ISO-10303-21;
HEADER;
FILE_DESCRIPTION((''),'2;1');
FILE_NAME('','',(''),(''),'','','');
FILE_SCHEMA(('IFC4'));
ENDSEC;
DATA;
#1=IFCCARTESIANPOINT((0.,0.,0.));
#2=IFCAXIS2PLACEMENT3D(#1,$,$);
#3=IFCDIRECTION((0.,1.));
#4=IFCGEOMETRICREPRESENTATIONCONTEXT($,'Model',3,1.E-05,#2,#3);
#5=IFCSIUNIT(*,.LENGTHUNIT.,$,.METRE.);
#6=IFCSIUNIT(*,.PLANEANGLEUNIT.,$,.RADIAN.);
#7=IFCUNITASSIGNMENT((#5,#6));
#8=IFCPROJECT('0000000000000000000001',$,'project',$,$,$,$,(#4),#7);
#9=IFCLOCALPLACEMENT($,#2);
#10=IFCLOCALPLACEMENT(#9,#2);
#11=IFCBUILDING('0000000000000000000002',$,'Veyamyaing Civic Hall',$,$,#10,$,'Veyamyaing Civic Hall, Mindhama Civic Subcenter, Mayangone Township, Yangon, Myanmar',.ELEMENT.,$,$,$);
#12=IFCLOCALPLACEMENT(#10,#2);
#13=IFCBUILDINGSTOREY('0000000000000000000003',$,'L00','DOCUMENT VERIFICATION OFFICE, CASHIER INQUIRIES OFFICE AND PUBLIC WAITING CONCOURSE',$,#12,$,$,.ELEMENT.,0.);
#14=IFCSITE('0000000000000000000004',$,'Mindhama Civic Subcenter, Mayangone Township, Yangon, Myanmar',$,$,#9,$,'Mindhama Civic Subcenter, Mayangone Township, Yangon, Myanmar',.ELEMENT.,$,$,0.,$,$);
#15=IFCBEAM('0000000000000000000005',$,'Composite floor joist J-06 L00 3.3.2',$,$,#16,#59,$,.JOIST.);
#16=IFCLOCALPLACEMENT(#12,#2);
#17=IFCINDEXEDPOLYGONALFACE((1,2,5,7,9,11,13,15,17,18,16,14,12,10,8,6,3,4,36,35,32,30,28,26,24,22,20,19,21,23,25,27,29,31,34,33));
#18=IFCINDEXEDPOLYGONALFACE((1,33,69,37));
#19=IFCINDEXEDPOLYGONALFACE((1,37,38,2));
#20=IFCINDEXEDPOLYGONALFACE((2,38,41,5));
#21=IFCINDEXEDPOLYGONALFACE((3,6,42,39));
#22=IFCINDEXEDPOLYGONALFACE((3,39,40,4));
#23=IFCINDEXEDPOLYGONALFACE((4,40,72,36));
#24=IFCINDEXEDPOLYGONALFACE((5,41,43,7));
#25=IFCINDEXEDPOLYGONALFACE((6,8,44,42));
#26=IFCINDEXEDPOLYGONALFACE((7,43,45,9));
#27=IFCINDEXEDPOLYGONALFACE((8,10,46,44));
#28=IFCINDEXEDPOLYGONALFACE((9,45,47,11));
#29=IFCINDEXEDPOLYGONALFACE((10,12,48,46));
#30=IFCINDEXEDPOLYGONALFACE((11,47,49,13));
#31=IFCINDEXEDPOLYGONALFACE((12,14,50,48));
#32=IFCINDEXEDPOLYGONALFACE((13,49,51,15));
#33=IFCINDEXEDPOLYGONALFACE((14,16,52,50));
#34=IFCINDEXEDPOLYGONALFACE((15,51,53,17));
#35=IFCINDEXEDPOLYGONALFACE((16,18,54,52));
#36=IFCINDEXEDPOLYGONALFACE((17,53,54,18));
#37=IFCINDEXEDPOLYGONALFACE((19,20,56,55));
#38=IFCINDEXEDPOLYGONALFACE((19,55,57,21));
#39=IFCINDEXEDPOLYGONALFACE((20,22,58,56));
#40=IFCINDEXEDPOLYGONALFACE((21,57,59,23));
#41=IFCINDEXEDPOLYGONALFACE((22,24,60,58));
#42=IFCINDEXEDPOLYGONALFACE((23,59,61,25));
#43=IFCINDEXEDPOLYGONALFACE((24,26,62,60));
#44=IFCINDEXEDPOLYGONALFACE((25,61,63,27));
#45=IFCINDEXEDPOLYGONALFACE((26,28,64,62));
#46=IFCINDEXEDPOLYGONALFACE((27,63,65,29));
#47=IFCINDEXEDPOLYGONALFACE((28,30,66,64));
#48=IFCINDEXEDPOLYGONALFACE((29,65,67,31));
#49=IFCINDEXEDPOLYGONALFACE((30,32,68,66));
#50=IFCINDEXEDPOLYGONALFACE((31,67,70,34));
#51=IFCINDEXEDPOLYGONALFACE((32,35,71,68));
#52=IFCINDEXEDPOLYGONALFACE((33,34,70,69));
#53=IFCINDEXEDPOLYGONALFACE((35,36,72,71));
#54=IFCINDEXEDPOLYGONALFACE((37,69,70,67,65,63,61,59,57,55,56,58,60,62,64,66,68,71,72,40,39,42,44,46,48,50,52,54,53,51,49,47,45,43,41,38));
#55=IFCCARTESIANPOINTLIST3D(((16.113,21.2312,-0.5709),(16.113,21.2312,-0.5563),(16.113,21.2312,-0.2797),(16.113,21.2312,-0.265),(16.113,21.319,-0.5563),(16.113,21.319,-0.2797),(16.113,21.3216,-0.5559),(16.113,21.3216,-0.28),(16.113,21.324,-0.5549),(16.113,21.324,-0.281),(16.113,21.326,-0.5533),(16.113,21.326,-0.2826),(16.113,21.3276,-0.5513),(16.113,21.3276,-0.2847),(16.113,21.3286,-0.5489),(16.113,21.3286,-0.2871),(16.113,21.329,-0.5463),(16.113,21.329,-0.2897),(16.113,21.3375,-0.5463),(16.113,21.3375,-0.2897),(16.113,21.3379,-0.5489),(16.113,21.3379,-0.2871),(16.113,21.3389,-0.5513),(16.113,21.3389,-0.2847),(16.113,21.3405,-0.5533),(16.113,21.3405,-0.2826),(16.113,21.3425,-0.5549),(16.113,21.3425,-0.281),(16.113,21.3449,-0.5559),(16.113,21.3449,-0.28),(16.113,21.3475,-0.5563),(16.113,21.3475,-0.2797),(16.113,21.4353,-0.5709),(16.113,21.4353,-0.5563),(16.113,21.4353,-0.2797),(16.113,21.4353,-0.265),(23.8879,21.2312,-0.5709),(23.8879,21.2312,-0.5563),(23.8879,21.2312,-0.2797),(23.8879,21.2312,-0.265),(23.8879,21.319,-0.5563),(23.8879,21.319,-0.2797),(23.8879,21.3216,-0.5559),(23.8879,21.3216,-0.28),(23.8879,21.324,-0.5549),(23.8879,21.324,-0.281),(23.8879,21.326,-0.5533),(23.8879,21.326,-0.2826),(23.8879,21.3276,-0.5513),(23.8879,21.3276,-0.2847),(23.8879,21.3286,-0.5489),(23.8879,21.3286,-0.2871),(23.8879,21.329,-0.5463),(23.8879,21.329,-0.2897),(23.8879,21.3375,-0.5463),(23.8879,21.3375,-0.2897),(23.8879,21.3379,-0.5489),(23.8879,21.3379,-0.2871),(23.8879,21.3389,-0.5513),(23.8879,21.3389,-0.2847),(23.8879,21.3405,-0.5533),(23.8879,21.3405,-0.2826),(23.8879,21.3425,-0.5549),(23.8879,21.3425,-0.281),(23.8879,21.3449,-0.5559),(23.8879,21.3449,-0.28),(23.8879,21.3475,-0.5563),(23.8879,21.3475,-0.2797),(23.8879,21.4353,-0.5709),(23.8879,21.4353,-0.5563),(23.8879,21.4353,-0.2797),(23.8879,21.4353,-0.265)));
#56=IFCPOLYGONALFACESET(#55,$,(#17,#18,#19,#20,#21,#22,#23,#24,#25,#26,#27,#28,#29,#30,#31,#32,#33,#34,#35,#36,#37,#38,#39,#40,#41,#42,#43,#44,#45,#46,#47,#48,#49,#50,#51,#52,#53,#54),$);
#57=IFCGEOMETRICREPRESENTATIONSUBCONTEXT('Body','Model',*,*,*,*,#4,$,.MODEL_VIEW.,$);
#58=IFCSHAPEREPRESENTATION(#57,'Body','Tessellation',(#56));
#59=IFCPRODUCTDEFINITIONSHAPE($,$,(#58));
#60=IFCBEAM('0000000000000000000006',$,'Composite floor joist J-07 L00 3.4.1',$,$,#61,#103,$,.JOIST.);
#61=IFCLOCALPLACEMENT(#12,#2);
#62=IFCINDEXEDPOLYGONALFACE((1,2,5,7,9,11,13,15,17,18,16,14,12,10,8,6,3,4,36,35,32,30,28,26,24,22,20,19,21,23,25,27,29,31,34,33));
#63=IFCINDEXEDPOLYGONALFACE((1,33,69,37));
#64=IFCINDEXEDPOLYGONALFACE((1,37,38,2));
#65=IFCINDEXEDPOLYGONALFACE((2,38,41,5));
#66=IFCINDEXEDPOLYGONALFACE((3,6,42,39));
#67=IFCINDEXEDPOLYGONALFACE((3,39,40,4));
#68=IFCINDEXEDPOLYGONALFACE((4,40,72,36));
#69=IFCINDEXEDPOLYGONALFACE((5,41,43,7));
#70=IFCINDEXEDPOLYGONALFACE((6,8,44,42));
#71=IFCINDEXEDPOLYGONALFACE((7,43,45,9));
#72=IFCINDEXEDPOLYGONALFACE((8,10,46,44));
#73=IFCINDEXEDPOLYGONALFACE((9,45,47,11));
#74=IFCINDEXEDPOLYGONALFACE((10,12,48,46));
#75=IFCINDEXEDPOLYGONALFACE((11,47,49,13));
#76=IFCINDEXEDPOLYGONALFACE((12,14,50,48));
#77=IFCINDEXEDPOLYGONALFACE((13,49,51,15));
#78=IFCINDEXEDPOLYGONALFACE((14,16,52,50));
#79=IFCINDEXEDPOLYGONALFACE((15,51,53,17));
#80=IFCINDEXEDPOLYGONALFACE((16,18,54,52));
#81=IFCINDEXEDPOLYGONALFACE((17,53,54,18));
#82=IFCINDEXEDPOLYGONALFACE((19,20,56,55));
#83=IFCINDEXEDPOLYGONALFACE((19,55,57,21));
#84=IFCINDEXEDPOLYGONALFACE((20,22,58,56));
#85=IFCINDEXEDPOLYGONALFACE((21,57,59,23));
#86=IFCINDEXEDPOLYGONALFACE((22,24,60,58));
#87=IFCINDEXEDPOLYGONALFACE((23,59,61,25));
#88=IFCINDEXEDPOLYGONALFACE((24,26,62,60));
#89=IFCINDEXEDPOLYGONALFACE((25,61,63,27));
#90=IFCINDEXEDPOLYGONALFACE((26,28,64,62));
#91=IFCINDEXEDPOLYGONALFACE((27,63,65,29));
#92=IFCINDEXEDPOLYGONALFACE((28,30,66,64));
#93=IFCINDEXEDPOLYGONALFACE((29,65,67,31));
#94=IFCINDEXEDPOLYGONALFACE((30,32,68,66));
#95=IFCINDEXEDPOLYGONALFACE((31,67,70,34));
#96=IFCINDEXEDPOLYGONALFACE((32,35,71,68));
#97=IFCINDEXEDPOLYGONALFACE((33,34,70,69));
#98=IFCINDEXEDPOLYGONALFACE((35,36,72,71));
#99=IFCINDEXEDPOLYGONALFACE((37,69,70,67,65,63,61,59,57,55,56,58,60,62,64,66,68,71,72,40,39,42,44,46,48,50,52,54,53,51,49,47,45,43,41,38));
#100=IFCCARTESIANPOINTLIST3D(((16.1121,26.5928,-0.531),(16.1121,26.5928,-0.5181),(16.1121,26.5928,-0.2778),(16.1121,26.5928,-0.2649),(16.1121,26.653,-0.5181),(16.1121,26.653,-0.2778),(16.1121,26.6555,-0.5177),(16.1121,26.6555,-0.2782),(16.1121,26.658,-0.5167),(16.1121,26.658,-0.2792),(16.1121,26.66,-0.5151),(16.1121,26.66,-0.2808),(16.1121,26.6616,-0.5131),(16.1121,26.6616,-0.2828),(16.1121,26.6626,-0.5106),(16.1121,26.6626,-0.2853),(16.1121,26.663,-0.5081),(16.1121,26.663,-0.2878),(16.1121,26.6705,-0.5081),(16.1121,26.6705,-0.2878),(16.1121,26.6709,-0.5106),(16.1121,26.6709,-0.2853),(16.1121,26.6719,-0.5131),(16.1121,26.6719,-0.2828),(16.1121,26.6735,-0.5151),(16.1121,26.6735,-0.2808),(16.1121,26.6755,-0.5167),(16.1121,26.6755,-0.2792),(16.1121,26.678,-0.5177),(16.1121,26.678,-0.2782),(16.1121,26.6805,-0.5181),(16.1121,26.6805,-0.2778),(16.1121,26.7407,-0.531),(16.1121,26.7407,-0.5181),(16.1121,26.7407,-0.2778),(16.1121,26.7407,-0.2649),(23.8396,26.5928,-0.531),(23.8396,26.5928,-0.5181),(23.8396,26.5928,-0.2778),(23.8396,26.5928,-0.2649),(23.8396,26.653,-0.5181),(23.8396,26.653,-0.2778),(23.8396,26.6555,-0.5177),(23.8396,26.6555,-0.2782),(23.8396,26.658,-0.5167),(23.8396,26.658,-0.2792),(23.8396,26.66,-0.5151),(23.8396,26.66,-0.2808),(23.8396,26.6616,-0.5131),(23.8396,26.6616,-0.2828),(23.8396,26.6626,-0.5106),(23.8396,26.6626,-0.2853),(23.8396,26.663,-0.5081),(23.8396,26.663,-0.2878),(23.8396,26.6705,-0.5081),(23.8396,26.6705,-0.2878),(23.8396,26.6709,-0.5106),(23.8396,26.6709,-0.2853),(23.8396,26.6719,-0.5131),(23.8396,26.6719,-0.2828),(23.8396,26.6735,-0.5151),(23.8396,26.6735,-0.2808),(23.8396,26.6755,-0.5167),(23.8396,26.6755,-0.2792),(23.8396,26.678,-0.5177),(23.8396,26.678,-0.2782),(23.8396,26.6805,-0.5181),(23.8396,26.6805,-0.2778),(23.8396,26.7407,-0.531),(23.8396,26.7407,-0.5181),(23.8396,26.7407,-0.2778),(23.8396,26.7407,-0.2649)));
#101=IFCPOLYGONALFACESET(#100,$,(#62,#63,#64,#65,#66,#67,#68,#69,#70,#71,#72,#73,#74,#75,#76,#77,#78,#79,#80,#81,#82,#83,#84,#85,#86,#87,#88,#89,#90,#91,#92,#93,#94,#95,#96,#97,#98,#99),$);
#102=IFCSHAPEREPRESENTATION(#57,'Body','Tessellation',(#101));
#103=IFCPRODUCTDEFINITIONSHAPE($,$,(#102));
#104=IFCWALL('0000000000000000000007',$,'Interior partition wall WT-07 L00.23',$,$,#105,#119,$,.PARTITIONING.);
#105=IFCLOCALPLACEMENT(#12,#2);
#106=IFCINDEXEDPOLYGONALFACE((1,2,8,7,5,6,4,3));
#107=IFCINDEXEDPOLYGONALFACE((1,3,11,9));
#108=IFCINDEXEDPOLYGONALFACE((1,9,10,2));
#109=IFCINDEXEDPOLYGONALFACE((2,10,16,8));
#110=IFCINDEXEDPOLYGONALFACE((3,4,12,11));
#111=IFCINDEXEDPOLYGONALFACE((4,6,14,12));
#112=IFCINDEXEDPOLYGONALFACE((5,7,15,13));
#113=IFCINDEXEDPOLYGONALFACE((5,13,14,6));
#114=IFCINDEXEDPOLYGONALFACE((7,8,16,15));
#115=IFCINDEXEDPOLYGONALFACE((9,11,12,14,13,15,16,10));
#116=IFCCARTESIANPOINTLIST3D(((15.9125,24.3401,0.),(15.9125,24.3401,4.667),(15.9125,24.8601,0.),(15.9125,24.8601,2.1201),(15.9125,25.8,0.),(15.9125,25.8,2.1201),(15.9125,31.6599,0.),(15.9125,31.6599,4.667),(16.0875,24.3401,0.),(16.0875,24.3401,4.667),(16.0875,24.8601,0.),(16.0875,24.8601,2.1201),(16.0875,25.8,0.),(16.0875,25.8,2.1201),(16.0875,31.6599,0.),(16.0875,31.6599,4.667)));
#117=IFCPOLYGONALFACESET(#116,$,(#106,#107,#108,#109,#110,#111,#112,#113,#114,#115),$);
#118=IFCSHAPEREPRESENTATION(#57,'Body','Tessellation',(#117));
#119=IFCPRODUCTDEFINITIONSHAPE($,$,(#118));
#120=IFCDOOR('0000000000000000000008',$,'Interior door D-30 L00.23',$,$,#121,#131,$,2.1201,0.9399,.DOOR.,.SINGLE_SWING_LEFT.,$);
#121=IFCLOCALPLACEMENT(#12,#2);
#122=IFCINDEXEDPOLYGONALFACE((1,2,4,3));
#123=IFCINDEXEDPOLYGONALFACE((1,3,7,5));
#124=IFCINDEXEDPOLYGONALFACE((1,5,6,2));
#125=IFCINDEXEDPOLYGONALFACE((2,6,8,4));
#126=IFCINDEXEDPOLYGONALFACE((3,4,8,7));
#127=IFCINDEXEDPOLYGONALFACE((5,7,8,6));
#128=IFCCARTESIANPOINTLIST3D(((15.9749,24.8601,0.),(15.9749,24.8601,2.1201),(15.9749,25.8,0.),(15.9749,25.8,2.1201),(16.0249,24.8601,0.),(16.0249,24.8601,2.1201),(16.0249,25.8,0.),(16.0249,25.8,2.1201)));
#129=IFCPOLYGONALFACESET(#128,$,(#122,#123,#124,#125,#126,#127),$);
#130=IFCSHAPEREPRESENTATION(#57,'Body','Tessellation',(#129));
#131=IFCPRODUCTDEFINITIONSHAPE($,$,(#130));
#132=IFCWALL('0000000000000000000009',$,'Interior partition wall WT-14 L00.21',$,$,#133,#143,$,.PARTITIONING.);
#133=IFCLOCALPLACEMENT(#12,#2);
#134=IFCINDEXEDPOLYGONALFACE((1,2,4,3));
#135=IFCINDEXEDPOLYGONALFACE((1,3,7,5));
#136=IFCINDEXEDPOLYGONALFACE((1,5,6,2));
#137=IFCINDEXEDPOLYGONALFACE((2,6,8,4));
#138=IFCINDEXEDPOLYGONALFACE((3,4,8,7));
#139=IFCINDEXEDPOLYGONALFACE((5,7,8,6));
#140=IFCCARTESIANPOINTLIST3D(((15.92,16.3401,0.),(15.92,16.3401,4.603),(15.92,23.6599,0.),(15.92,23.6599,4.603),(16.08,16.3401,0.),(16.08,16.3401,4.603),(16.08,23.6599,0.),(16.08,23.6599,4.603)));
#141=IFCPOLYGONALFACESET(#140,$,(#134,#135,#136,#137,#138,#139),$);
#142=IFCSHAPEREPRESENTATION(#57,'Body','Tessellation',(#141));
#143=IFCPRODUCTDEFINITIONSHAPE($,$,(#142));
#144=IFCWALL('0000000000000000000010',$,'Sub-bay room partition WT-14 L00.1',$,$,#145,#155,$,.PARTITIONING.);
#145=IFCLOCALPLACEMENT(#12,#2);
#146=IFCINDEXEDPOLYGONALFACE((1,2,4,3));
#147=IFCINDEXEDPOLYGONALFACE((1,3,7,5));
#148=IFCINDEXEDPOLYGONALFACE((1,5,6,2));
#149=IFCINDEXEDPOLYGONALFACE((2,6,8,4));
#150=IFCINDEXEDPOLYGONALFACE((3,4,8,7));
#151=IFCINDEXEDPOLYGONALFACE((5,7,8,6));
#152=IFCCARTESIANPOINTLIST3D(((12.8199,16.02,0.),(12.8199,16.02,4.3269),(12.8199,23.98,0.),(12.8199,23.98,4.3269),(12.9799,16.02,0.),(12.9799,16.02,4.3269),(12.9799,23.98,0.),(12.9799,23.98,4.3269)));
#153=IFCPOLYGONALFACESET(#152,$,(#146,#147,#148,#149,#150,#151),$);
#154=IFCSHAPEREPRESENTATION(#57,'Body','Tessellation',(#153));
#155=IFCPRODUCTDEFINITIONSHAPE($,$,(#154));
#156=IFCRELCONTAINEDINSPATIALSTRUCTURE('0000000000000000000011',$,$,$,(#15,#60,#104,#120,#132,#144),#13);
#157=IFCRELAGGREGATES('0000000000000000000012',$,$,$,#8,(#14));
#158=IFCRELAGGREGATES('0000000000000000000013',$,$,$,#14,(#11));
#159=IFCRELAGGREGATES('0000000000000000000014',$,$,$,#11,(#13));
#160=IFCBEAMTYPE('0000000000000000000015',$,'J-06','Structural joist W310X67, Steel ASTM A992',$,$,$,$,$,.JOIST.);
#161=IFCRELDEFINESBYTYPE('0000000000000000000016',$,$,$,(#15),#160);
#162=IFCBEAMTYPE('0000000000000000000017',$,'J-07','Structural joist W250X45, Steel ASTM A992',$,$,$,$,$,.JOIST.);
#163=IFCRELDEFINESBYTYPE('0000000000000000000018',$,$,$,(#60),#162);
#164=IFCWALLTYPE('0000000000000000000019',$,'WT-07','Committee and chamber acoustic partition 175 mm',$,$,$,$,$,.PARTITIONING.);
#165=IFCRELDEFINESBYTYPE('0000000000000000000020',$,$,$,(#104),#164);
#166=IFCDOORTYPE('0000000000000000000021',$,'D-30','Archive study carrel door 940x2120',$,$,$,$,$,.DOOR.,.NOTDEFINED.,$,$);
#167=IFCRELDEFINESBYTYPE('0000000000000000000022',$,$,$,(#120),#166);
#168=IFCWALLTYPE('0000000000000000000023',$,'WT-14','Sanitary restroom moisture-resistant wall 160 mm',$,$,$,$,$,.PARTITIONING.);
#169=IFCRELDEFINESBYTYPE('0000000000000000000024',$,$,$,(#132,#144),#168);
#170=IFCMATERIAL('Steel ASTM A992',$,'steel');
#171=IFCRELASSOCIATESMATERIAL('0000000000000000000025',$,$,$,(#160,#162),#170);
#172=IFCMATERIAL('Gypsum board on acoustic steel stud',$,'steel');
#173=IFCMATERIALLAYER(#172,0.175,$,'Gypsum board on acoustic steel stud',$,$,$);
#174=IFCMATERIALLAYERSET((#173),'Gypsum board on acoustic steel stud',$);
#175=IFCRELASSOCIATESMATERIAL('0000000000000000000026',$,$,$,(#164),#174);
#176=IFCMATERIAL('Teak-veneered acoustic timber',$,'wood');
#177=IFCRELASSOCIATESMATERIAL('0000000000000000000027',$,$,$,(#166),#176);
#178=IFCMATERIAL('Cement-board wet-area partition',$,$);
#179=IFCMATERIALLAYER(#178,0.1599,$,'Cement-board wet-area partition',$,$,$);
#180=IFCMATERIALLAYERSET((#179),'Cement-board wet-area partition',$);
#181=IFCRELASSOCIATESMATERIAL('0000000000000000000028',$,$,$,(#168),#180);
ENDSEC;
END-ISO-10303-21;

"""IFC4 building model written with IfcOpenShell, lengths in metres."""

from ifc_helpers import new_model, si_unit, direction, frame, frame_2d, origin, origin_2d, place, context, subcontext, project, spatial, rectangle, i_section, extrude, material, layer, layer_set, material_profile, profile_set, type_object, element, fill, save


model = new_model("IFC4")

# Units and contexts
model_context = context("Model", 3, precision=1e-05, world=origin(), true_north=direction((0.0, 1.0)))
body_context = subcontext(model_context, "Body", "Model", "MODEL_VIEW")
ifc_project = project(units=[si_unit("LENGTHUNIT", "METRE"), si_unit("PLANEANGLEUNIT", "RADIAN")], contexts=[model_context])

# Site, building, storey
site_placement = place(None, origin())
site = spatial("IfcSite", under=ifc_project, at=site_placement, Name="Mindhama Civic Subcenter, Mayangone Township, Yangon, Myanmar", LongName="Mindhama Civic Subcenter, Mayangone Township, Yangon, Myanmar", CompositionType="ELEMENT", RefElevation=0.0)
building_placement = place(site_placement, origin())
building = spatial("IfcBuilding", under=site, at=building_placement, Name="Veyamyaing Civic Hall", LongName="Veyamyaing Civic Hall, Mindhama Civic Subcenter, Mayangone Township, Yangon, Myanmar", CompositionType="ELEMENT")
storey_placement = place(building_placement, origin())
storey = spatial("IfcBuildingStorey", under=building, at=storey_placement, Name="L00", Description="DOCUMENT VERIFICATION OFFICE, CASHIER INQUIRIES OFFICE AND PUBLIC WAITING CONCOURSE", CompositionType="ELEMENT", Elevation=0.0)

# Beams
ifc_material_1 = material(Name="Steel ASTM A992", Category="steel")
ifc_material_profile_1 = material_profile(ifc_material_1, i_section(OverallWidth=0.2041, OverallDepth=0.3059, WebThickness=0.0085, FlangeThickness=0.0146, FilletRadius=0.01, at=origin_2d()), Name="W310X67")
ifc_profile_set_1 = profile_set([ifc_material_profile_1], Name="Steel ASTM A992")
beam_type_1 = type_object("IfcBeamType", Name="J-06", Description="Structural joist W310X67, Steel ASTM A992", PredefinedType="JOIST", material=ifc_profile_set_1)
for number, where, z_axis, x_axis, name in (
    (1, (16.113, 21.3333, -0.418), (1.0, 0.0, 0.0), (0.0, 1.0, 0.0), "Composite floor joist J-06 L00 3.3.2"),
):
    element("IfcBeam", number, at=place(storey_placement, frame(where, z_axis=z_axis, x_axis=x_axis)), inside=storey, type_object=beam_type_1, Name=name, PredefinedType="JOIST", context=body_context, shape_type="SweptSolid", body=[
        extrude(i_section(OverallWidth=0.2041, OverallDepth=0.3059, WebThickness=0.0085, FlangeThickness=0.0146, FilletRadius=0.01, at=origin_2d()), origin(), (0.0, 0.0, 1.0), 7.7749),
    ])
ifc_material_profile_2 = material_profile(ifc_material_1, i_section(OverallWidth=0.1479, OverallDepth=0.2661, WebThickness=0.0076, FlangeThickness=0.0129, FilletRadius=0.01, at=origin_2d()), Name="W250X45")
ifc_profile_set_2 = profile_set([ifc_material_profile_2], Name="Steel ASTM A992")
beam_type_2 = type_object("IfcBeamType", Name="J-07", Description="Structural joist W250X45, Steel ASTM A992", PredefinedType="JOIST", material=ifc_profile_set_2)
beam_1_placement = place(storey_placement, frame((16.1121, 26.6667, -0.3979), z_axis=(1.0, 0.0, 0.0), x_axis=(0.0, 1.0, 0.0)))
element("IfcBeam", 2, at=beam_1_placement, inside=storey, type_object=beam_type_2, Name="Composite floor joist J-07 L00 3.4.1", PredefinedType="JOIST", context=body_context, shape_type="SweptSolid", body=[
    extrude(i_section(OverallWidth=0.1479, OverallDepth=0.2661, WebThickness=0.0076, FlangeThickness=0.0129, FilletRadius=0.01, at=origin_2d()), origin(), (0.0, 0.0, 1.0), 7.7275),
])

# Wall, opening, door
ifc_material_2 = material(Name="Gypsum board on acoustic steel stud", Category="steel")
ifc_layer_1 = layer(ifc_material_2, 0.175, Name="Gypsum board on acoustic steel stud")
ifc_layer_set_1 = layer_set([ifc_layer_1], Name="Gypsum board on acoustic steel stud")
wall_type_1 = type_object("IfcWallType", Name="WT-07", Description="Committee and chamber acoustic partition 175 mm", PredefinedType="PARTITIONING", material=ifc_layer_set_1)
wall_1_placement = place(storey_placement, frame((16.0, 24.3401, 0.0), z_axis=(0.0, 0.0, 1.0), x_axis=(0.0, 1.0, 0.0)))
wall_1 = element("IfcWall", 3, at=wall_1_placement, inside=storey, type_object=wall_type_1, Name="Interior partition wall WT-07 L00.23", PredefinedType="PARTITIONING", context=body_context, shape_type="SweptSolid", body=[
    extrude(rectangle(XDim=7.3198, YDim=0.175, at=frame_2d((3.6599, 0.0))), origin(), (0.0, 0.0, 1.0), 4.667),
])
opening_1_placement = place(wall_1_placement, frame((0.52, 0.0, 0.0)))
opening_1 = element("IfcOpeningElement", 4, at=opening_1_placement, cuts=wall_1, PredefinedType="OPENING", context=body_context, shape_type="SweptSolid", body=[
    extrude(rectangle(XDim=0.9399, YDim=2.1201, at=frame_2d((0.47, 1.0601))), frame((0.0, 0.0974, 0.0), z_axis=(0.0, -1.0, 0.0), x_axis=(1.0, 0.0, 0.0)), (0.0, 0.0, 1.0), 0.1951),
])
ifc_material_3 = material(Name="Teak-veneered acoustic timber", Category="wood")
door_type_1 = type_object("IfcDoorType", Name="D-30", Description="Archive study carrel door 940x2120", OperationType="NOTDEFINED", PredefinedType="DOOR", material=ifc_material_3)
door_1_placement = place(opening_1_placement, frame((0.9399, 0.0, 0.0), z_axis=(0.0, 0.0, 1.0), x_axis=(-1.0, 0.0, 0.0)))
door_1 = element("IfcDoor", 5, at=door_1_placement, inside=storey, type_object=door_type_1, Name="Interior door D-30 L00.23", OperationType="SINGLE_SWING_LEFT", OverallHeight=2.1201, OverallWidth=0.9399, PredefinedType="DOOR", context=body_context, shape_type="SweptSolid", body=[
    extrude(rectangle(XDim=0.9399, YDim=2.1201, at=frame_2d((0.47, 1.0601))), frame((0.0, 0.0249, 0.0), z_axis=(0.0, -1.0, 0.0), x_axis=(1.0, 0.0, 0.0)), (0.0, 0.0, 1.0), 0.05),
])
fill(opening_1, door_1)

# Walls
ifc_material_4 = material(Name="Cement-board wet-area partition")
ifc_layer_2 = layer(ifc_material_4, 0.1599, Name="Cement-board wet-area partition")
ifc_layer_set_2 = layer_set([ifc_layer_2], Name="Cement-board wet-area partition")
wall_type_2 = type_object("IfcWallType", Name="WT-14", Description="Sanitary restroom moisture-resistant wall 160 mm", PredefinedType="PARTITIONING", material=ifc_layer_set_2)
wall_2_placement = place(storey_placement, frame((16.0, 16.3401, 0.0), z_axis=(0.0, 0.0, 1.0), x_axis=(0.0, 1.0, 0.0)))
element("IfcWall", 6, at=wall_2_placement, inside=storey, type_object=wall_type_2, Name="Interior partition wall WT-14 L00.21", PredefinedType="PARTITIONING", context=body_context, shape_type="SweptSolid", body=[
    extrude(rectangle(XDim=7.3198, YDim=0.1599, at=frame_2d((3.6599, 0.0))), origin(), (0.0, 0.0, 1.0), 4.603),
])
wall_3_placement = place(storey_placement, frame((12.8999, 16.02, 0.0), z_axis=(0.0, 0.0, 1.0), x_axis=(0.0, 1.0, 0.0)))
element("IfcWall", 7, at=wall_3_placement, inside=storey, type_object=wall_type_2, Name="Sub-bay room partition WT-14 L00.1", PredefinedType="PARTITIONING", context=body_context, shape_type="SweptSolid", body=[
    extrude(rectangle(XDim=7.96, YDim=0.1599, at=frame_2d((3.98, 0.0))), origin(), (0.0, 0.0, 1.0), 4.3269),
])

save(model, "model.ifc")
